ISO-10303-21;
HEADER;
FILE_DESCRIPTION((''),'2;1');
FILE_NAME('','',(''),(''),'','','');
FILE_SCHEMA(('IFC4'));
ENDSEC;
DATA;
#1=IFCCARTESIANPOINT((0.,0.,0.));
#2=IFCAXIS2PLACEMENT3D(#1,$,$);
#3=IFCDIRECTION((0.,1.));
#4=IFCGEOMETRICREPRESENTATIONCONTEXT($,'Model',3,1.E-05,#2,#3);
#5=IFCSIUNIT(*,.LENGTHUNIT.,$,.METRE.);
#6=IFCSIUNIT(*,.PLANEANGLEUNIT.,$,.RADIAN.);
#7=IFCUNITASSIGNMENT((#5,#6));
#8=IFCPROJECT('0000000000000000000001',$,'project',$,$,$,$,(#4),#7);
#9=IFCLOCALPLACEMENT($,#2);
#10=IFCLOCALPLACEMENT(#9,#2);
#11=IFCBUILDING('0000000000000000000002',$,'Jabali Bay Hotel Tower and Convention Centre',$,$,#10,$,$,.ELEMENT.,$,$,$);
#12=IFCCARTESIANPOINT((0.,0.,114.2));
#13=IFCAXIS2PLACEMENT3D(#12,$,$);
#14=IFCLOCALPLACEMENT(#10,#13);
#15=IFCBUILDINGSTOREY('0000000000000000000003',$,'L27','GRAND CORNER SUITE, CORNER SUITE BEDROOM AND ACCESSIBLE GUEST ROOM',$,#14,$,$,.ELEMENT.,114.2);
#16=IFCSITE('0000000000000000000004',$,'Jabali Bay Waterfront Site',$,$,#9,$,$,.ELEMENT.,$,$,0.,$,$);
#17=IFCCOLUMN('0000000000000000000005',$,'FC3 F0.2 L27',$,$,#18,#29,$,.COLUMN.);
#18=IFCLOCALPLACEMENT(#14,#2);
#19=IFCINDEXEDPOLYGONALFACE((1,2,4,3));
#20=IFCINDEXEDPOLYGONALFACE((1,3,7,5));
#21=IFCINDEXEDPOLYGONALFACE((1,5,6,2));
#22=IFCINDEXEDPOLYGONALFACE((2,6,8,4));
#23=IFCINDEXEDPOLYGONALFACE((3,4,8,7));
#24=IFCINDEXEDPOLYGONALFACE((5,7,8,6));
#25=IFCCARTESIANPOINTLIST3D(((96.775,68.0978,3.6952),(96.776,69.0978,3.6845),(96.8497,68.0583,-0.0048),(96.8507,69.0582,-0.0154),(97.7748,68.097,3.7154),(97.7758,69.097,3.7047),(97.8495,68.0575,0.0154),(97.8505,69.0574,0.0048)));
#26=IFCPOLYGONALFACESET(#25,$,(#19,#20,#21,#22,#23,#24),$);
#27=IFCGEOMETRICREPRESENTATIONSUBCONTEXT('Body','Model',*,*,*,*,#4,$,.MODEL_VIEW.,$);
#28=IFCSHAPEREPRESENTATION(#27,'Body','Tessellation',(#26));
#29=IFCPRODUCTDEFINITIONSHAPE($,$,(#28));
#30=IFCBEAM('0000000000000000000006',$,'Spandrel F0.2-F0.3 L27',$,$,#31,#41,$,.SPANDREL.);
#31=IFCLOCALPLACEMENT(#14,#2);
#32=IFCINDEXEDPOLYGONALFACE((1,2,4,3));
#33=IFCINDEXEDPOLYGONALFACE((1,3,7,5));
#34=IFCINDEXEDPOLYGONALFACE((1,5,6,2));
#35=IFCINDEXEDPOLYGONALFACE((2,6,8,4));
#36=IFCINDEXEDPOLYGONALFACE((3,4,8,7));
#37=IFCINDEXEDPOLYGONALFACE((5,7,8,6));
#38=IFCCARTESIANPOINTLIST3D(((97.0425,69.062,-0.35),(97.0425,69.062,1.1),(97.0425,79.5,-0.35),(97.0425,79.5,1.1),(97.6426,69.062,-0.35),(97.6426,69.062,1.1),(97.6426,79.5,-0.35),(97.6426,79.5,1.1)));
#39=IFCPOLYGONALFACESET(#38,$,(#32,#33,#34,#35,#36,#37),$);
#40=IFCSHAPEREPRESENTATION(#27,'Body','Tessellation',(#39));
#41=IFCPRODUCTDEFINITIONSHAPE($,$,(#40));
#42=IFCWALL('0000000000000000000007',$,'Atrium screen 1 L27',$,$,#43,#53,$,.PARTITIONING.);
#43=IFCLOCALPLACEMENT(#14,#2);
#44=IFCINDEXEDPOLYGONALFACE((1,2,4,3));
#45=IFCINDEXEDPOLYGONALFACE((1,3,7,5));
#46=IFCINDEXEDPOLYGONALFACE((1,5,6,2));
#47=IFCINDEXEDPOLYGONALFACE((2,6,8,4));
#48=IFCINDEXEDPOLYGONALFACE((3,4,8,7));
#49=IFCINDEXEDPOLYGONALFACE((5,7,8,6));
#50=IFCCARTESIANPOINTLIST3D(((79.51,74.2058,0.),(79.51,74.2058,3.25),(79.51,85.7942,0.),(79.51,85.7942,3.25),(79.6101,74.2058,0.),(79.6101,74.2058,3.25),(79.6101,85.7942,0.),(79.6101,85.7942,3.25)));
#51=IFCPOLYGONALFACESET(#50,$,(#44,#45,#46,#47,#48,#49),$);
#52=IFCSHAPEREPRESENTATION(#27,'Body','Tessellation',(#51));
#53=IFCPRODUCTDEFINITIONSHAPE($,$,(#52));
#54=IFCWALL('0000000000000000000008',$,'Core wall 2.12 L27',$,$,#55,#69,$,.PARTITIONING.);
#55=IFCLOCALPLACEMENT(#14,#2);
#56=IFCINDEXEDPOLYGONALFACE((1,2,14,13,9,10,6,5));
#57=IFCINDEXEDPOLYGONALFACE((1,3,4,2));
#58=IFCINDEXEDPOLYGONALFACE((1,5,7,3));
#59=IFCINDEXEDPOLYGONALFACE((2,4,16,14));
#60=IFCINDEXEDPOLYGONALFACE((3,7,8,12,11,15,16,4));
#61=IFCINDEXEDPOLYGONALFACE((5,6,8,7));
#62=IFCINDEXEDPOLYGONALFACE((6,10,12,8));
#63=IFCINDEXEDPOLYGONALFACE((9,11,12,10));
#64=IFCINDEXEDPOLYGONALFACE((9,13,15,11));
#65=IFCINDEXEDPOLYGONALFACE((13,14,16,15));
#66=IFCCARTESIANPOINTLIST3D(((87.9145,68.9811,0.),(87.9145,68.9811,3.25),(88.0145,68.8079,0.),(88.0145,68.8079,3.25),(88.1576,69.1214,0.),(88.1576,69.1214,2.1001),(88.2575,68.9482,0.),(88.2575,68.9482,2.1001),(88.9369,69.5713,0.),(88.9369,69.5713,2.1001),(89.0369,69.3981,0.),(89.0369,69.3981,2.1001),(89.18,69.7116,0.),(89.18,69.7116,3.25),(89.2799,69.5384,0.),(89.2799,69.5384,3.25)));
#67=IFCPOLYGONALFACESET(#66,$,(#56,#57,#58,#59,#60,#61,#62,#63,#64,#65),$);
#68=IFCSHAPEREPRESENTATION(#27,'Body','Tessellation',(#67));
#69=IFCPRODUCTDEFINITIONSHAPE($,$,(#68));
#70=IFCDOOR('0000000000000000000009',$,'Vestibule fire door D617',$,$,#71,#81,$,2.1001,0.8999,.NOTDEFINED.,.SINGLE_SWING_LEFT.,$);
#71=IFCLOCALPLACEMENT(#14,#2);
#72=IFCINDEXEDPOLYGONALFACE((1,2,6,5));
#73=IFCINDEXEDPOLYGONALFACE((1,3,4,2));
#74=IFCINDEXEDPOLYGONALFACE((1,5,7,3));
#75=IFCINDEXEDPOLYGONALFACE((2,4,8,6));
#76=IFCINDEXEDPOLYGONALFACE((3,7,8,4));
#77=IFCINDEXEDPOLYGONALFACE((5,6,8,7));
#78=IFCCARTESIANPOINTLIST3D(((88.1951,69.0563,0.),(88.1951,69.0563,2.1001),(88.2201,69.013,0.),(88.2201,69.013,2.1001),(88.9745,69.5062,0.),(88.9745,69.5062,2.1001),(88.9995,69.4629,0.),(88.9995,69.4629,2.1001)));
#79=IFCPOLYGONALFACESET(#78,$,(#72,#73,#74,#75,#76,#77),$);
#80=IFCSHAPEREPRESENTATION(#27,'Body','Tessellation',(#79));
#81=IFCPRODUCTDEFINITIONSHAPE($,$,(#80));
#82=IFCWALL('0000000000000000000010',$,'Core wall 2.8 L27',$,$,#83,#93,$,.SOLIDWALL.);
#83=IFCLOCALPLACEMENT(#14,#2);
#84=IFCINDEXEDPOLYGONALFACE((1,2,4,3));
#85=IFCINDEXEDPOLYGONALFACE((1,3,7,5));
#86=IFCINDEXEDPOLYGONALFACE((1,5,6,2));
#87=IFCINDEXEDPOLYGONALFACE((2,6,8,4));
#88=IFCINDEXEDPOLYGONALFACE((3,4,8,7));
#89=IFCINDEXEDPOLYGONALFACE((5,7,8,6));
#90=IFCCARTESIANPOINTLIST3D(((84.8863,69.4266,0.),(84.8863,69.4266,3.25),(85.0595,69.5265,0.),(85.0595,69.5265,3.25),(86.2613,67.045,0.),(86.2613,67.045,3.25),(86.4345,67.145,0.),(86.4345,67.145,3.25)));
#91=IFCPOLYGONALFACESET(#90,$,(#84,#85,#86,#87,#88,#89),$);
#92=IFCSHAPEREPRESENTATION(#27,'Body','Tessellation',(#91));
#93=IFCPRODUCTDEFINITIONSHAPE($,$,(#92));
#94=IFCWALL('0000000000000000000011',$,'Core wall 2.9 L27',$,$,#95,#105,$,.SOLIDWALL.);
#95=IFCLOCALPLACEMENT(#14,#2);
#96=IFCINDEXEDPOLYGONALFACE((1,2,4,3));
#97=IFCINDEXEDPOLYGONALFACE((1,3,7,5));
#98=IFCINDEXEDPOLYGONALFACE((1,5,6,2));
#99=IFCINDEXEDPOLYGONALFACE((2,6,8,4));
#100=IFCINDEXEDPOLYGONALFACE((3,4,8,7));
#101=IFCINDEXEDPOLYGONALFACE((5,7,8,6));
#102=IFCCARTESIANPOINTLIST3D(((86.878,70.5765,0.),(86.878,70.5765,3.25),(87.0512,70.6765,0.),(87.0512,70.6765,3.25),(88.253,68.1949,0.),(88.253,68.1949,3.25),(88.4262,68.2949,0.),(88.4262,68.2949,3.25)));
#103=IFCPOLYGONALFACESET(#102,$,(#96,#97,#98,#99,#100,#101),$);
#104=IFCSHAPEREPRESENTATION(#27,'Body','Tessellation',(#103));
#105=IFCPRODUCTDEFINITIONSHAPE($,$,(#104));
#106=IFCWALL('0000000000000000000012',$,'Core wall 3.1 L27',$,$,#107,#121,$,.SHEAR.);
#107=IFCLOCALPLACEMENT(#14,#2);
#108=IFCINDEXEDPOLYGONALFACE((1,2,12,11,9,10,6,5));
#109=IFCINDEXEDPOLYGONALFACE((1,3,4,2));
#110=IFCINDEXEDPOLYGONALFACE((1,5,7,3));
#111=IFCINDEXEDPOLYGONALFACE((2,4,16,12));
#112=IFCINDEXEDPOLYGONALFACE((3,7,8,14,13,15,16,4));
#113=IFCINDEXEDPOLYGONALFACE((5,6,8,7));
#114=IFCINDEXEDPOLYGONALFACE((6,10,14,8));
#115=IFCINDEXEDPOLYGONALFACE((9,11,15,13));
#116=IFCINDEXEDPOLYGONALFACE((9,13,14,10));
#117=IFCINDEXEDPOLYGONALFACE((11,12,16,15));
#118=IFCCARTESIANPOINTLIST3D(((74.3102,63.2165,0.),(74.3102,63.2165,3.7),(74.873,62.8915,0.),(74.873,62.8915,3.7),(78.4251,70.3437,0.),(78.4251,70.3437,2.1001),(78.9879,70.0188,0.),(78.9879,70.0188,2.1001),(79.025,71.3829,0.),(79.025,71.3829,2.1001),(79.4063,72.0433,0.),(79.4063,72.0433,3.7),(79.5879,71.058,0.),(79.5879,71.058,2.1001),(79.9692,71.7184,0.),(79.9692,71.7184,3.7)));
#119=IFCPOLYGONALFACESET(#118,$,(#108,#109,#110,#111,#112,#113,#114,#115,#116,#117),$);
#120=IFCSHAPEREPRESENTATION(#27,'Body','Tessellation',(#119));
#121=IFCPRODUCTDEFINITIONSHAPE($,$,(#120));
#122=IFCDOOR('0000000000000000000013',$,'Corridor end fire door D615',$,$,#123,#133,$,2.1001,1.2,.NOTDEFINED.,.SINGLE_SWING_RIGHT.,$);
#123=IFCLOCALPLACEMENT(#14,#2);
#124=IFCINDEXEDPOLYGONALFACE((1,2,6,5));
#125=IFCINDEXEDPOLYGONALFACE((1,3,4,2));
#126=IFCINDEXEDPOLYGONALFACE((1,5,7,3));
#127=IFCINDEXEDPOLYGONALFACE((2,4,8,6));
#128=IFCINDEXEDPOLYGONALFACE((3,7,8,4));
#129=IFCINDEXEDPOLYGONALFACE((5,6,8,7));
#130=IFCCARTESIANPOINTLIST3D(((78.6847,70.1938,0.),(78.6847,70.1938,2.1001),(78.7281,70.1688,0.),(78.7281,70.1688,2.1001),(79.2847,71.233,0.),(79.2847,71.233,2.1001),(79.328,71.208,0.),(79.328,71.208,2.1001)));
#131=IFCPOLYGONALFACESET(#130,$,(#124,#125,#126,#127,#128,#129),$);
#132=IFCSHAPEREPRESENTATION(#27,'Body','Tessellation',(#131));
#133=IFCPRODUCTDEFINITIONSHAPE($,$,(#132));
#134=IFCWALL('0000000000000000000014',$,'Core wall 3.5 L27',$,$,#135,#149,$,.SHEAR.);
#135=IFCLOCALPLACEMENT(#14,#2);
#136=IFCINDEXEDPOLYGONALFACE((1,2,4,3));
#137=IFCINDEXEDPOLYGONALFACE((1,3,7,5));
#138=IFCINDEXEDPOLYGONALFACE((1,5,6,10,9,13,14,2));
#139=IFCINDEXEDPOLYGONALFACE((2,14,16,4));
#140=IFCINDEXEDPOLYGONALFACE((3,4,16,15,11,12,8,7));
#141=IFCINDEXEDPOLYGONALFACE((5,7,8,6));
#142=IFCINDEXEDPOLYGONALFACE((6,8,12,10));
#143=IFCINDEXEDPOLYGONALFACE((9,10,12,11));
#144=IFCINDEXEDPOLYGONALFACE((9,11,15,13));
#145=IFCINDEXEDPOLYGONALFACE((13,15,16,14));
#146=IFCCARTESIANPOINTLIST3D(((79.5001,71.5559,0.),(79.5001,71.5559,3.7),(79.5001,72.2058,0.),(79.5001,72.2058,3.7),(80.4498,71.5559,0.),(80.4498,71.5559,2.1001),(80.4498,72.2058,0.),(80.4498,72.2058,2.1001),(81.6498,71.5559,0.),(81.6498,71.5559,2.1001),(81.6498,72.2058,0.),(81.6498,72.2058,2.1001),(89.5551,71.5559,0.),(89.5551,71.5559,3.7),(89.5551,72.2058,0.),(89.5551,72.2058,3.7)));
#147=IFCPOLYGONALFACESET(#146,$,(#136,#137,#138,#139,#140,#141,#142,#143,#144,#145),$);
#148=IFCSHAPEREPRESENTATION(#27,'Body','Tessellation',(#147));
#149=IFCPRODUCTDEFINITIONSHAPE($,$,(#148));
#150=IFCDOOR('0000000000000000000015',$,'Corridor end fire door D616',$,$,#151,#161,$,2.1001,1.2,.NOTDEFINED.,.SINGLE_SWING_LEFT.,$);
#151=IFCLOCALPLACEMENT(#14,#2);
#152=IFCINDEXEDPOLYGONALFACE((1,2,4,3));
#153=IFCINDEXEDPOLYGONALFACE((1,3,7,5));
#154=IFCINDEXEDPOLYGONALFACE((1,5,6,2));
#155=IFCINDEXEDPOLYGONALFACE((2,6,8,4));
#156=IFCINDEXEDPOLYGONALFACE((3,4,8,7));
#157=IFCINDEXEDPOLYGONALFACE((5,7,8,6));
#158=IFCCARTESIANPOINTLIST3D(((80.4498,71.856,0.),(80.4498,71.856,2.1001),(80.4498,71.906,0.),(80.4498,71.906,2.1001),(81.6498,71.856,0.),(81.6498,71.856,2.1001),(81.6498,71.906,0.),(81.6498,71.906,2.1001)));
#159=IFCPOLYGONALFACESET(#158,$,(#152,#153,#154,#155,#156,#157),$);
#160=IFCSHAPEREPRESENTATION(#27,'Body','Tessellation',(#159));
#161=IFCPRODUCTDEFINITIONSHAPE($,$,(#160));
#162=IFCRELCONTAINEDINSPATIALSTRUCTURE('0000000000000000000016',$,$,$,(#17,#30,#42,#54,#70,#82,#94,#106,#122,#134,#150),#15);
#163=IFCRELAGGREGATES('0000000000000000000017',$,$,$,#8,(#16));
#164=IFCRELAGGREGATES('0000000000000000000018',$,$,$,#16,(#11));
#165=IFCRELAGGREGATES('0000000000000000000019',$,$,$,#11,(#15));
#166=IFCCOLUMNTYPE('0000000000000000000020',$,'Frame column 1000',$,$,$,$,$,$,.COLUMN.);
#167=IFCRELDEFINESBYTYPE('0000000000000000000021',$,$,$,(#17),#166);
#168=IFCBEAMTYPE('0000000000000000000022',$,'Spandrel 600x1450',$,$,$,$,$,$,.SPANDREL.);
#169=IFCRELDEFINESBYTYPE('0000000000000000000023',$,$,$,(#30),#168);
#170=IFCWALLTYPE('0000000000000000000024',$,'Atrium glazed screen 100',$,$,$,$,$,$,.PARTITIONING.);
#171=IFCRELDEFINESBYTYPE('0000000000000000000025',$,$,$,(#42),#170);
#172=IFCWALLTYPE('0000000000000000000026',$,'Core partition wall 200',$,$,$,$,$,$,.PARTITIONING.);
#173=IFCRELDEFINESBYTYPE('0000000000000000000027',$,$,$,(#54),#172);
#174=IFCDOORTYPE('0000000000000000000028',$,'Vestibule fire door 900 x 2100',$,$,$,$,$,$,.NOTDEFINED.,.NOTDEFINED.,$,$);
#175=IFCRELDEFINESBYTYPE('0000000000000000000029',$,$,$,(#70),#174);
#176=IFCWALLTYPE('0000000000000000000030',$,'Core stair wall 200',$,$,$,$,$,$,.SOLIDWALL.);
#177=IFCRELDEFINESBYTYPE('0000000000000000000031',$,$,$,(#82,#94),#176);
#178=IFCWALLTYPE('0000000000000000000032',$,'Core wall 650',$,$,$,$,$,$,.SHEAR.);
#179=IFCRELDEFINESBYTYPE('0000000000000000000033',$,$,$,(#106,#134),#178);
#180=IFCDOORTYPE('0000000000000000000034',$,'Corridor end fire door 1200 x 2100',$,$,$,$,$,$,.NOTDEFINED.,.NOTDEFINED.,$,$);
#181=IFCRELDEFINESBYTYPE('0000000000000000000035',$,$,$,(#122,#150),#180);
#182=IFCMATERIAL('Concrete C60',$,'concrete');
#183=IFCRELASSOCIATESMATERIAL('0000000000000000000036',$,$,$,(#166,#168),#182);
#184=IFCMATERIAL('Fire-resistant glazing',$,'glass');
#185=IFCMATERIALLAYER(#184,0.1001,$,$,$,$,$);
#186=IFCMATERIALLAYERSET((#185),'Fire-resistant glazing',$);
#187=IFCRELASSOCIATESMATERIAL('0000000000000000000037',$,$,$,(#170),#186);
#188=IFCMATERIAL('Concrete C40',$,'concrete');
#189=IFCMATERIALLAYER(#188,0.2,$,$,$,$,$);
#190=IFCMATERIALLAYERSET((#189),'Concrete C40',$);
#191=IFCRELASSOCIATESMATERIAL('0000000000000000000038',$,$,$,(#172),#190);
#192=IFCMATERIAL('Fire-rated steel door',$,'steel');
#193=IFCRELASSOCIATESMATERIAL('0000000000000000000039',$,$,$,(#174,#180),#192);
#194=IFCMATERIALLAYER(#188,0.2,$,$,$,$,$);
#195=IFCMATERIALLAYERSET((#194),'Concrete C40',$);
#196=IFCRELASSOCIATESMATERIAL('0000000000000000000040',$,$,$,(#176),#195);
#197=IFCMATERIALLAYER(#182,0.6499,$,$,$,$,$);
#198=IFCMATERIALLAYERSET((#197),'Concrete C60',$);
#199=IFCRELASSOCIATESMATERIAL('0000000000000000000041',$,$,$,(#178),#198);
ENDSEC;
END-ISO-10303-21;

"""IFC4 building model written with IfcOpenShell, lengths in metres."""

from ifc_helpers import new_model, si_unit, direction, frame, frame_2d, origin, origin_2d, place, context, subcontext, project, spatial, rectangle, extrude, material, layer, layer_set, material_profile, profile_set, type_object, element, fill, save


model = new_model("IFC4")

# Units and contexts
model_context = context("Model", 3, precision=1e-05, world=origin(), true_north=direction((0.0, 1.0)))
body_context = subcontext(model_context, "Body", "Model", "MODEL_VIEW")
ifc_project = project(units=[si_unit("LENGTHUNIT", "METRE"), si_unit("PLANEANGLEUNIT", "RADIAN")], contexts=[model_context])

# Site, building, storey
site_placement = place(None, origin())
site = spatial("IfcSite", under=ifc_project, at=site_placement, Name="Jabali Bay Waterfront Site", CompositionType="ELEMENT", RefElevation=0.0)
building_placement = place(site_placement, origin())
building = spatial("IfcBuilding", under=site, at=building_placement, Name="Jabali Bay Hotel Tower and Convention Centre", CompositionType="ELEMENT")
storey_placement = place(building_placement, frame((0.0, 0.0, 114.2)))
storey = spatial("IfcBuildingStorey", under=building, at=storey_placement, Name="L27", Description="GRAND CORNER SUITE, CORNER SUITE BEDROOM AND ACCESSIBLE GUEST ROOM", CompositionType="ELEMENT", Elevation=114.2)

# Column
ifc_material_1 = material(Name="Concrete C60", Category="concrete")
ifc_material_profile_1 = material_profile(ifc_material_1, rectangle(XDim=1.0, YDim=1.0, at=origin_2d()), Name="Frame column 1000")
ifc_profile_set_1 = profile_set([ifc_material_profile_1], Name="Concrete C60")
column_type = type_object("IfcColumnType", Name="Frame column 1000", PredefinedType="COLUMN", material=ifc_profile_set_1)
column_placement = place(storey_placement, frame((97.3501, 68.5579, 0.0), z_axis=(-0.020186, 0.010687, 0.999739), x_axis=(-0.001013, -0.999943, 0.010668)))
element("IfcColumn", 1, at=column_placement, inside=storey, type_object=column_type, Name="FC3 F0.2 L27", PredefinedType="COLUMN", context=body_context, shape_type="SweptSolid", body=[
    extrude(rectangle(XDim=1.0, YDim=1.0, at=origin_2d()), origin(), (0.0, 0.0, 1.0), 3.7009),
])

# Beam
ifc_material_profile_2 = material_profile(ifc_material_1, rectangle(XDim=0.6001, YDim=1.45, at=origin_2d()), Name="Spandrel 600x1450")
ifc_profile_set_2 = profile_set([ifc_material_profile_2], Name="Concrete C60")
beam_type = type_object("IfcBeamType", Name="Spandrel 600x1450", PredefinedType="SPANDREL", material=ifc_profile_set_2)
beam_placement = place(storey_placement, frame((97.3425, 69.062, 0.375), z_axis=(0.0, 1.0, 0.0), x_axis=(-1.0, 0.0, 0.0)))
element("IfcBeam", 2, at=beam_placement, inside=storey, type_object=beam_type, Name="Spandrel F0.2-F0.3 L27", PredefinedType="SPANDREL", context=body_context, shape_type="SweptSolid", body=[
    extrude(rectangle(XDim=0.6001, YDim=1.45, at=origin_2d()), origin(), (0.0, 0.0, 1.0), 10.438),
])

# Wall
ifc_material_2 = material(Name="Fire-resistant glazing", Category="glass")
ifc_layer_1 = layer(ifc_material_2, 0.1001)
ifc_layer_set_1 = layer_set([ifc_layer_1], Name="Fire-resistant glazing")
wall_type_1 = type_object("IfcWallType", Name="Atrium glazed screen 100", PredefinedType="PARTITIONING", material=ifc_layer_set_1)
wall_1_placement = place(storey_placement, frame((79.5601, 74.2058, 0.0), z_axis=(0.0, 0.0, 1.0), x_axis=(0.0, 1.0, 0.0)))
element("IfcWall", 3, at=wall_1_placement, inside=storey, type_object=wall_type_1, Name="Atrium screen 1 L27", PredefinedType="PARTITIONING", context=body_context, shape_type="SweptSolid", body=[
    extrude(rectangle(XDim=11.5884, YDim=0.1001, at=frame_2d((5.7942, 0.0))), origin(), (0.0, 0.0, 1.0), 3.25),
])

# Wall, opening, door
ifc_material_3 = material(Name="Concrete C40", Category="concrete")
ifc_layer_2 = layer(ifc_material_3, 0.2)
ifc_layer_set_2 = layer_set([ifc_layer_2], Name="Concrete C40")
wall_type_2 = type_object("IfcWallType", Name="Core partition wall 200", PredefinedType="PARTITIONING", material=ifc_layer_set_2)
wall_2_placement = place(storey_placement, frame((87.9646, 68.8945, 0.0), z_axis=(0.0, 0.0, 1.0), x_axis=(0.866055, 0.499949, 0.0)))
wall_2 = element("IfcWall", 4, at=wall_2_placement, inside=storey, type_object=wall_type_2, Name="Core wall 2.12 L27", PredefinedType="PARTITIONING", context=body_context, shape_type="SweptSolid", body=[
    extrude(rectangle(XDim=1.4612, YDim=0.2, at=frame_2d((0.7305, 0.0))), origin(), (0.0, 0.0, 1.0), 3.25),
])
opening_1_placement = place(wall_2_placement, frame((0.2805, 0.0, 0.0)))
opening_1 = element("IfcOpeningElement", 5, at=opening_1_placement, cuts=wall_2, PredefinedType="OPENING", context=body_context, shape_type="SweptSolid", body=[
    extrude(rectangle(XDim=0.8999, YDim=2.1001, at=frame_2d((0.45, 1.05))), frame((0.0, 0.1104, 0.0), z_axis=(0.0, -1.0, 0.0), x_axis=(1.0, 0.0, 0.0)), (0.0, 0.0, 1.0), 0.2209),
])
ifc_material_4 = material(Name="Fire-rated steel door", Category="steel")
door_type_1 = type_object("IfcDoorType", Name="Vestibule fire door 900 x 2100", OperationType="NOTDEFINED", PredefinedType="NOTDEFINED", material=ifc_material_4)
door_1_placement = place(opening_1_placement, origin())
door_1 = element("IfcDoor", 6, at=door_1_placement, inside=storey, type_object=door_type_1, Name="Vestibule fire door D617", OperationType="SINGLE_SWING_LEFT", OverallHeight=2.1001, OverallWidth=0.8999, PredefinedType="NOTDEFINED", context=body_context, shape_type="SweptSolid", body=[
    extrude(rectangle(XDim=0.8999, YDim=2.1001, at=frame_2d((0.45, 1.05))), frame((0.0, 0.0249, 0.0), z_axis=(0.0, -1.0, 0.0), x_axis=(1.0, 0.0, 0.0)), (0.0, 0.0, 1.0), 0.05),
])
fill(opening_1, door_1)

# Walls
ifc_layer_3 = layer(ifc_material_3, 0.2)
ifc_layer_set_3 = layer_set([ifc_layer_3], Name="Concrete C40")
wall_type_3 = type_object("IfcWallType", Name="Core stair wall 200", PredefinedType="SOLIDWALL", material=ifc_layer_set_3)
for number, where, z_axis, x_axis, name in (
    (7, (84.9729, 69.4766, 0.0), (0.0, 0.0, 1.0), (0.499997, -0.866027, 0.0), "Core wall 2.8 L27"),
    (8, (86.9646, 70.6265, 0.0), (0.0, 0.0, 1.0), (0.499997, -0.866027, 0.0), "Core wall 2.9 L27"),
):
    element("IfcWall", number, at=place(storey_placement, frame(where, z_axis=z_axis, x_axis=x_axis)), inside=storey, type_object=wall_type_3, Name=name, PredefinedType="SOLIDWALL", context=body_context, shape_type="SweptSolid", body=[
        extrude(rectangle(XDim=2.75, YDim=0.2, at=frame_2d((1.375, 0.0))), origin(), (0.0, 0.0, 1.0), 3.25),
    ])

# Walls, openings, doors
ifc_layer_4 = layer(ifc_material_1, 0.6499)
ifc_layer_set_4 = layer_set([ifc_layer_4], Name="Concrete C60")
wall_type_4 = type_object("IfcWallType", Name="Core wall 650", PredefinedType="SHEAR", material=ifc_layer_set_4)
wall_3_placement = place(storey_placement, frame((79.6877, 71.8809, 0.0), z_axis=(0.0, 0.0, 1.0), x_axis=(-0.499998, -0.866026, 0.0)))
wall_3 = element("IfcWall", 9, at=wall_3_placement, inside=storey, type_object=wall_type_4, Name="Core wall 3.1 L27", PredefinedType="SHEAR", context=body_context, shape_type="SweptSolid", body=[
    extrude(rectangle(XDim=10.1924, YDim=0.6499, at=frame_2d((5.0962, 0.0))), origin(), (0.0, 0.0, 1.0), 3.7),
])
opening_2_placement = place(wall_3_placement, frame((0.7625, 0.0, 0.0)))
opening_2 = element("IfcOpeningElement", 10, at=opening_2_placement, cuts=wall_3, PredefinedType="OPENING", context=body_context, shape_type="SweptSolid", body=[
    extrude(rectangle(XDim=1.2, YDim=2.1001, at=frame_2d((0.6001, 1.05))), frame((0.0, 0.3354, 0.0), z_axis=(0.0, -1.0, 0.0), x_axis=(1.0, 0.0, 0.0)), (0.0, 0.0, 1.0), 0.6709),
])
door_type_2 = type_object("IfcDoorType", Name="Corridor end fire door 1200 x 2100", OperationType="NOTDEFINED", PredefinedType="NOTDEFINED", material=ifc_material_4)
door_2_placement = place(opening_2_placement, origin())
door_2 = element("IfcDoor", 11, at=door_2_placement, inside=storey, type_object=door_type_2, Name="Corridor end fire door D615", OperationType="SINGLE_SWING_RIGHT", OverallHeight=2.1001, OverallWidth=1.2, PredefinedType="NOTDEFINED", context=body_context, shape_type="SweptSolid", body=[
    extrude(rectangle(XDim=1.2, YDim=2.1001, at=frame_2d((0.6001, 1.05))), frame((0.0, 0.0249, 0.0), z_axis=(0.0, -1.0, 0.0), x_axis=(1.0, 0.0, 0.0)), (0.0, 0.0, 1.0), 0.05),
])
fill(opening_2, door_2)
wall_4_placement = place(storey_placement, frame((89.5549, 71.8809, 0.0), z_axis=(0.0, 0.0, 1.0), x_axis=(-1.0, 0.0, 0.0)))
wall_4 = element("IfcWall", 12, at=wall_4_placement, inside=storey, type_object=wall_type_4, Name="Core wall 3.5 L27", PredefinedType="SHEAR", context=body_context, shape_type="SweptSolid", body=[
    extrude(rectangle(XDim=10.0549, YDim=0.6499, at=frame_2d((5.0273, 0.0))), origin(), (0.0, 0.0, 1.0), 3.7),
])
opening_3_placement = place(wall_4_placement, frame((7.905, 0.0, 0.0)))
opening_3 = element("IfcOpeningElement", 13, at=opening_3_placement, cuts=wall_4, PredefinedType="OPENING", context=body_context, shape_type="SweptSolid", body=[
    extrude(rectangle(XDim=1.2, YDim=2.1001, at=frame_2d((0.6001, 1.05))), frame((0.0, 0.3354, 0.0), z_axis=(0.0, -1.0, 0.0), x_axis=(1.0, 0.0, 0.0)), (0.0, 0.0, 1.0), 0.6709),
])
door_3_placement = place(opening_3_placement, origin())
door_3 = element("IfcDoor", 14, at=door_3_placement, inside=storey, type_object=door_type_2, Name="Corridor end fire door D616", OperationType="SINGLE_SWING_LEFT", OverallHeight=2.1001, OverallWidth=1.2, PredefinedType="NOTDEFINED", context=body_context, shape_type="SweptSolid", body=[
    extrude(rectangle(XDim=1.2, YDim=2.1001, at=frame_2d((0.6001, 1.05))), frame((0.0, 0.0249, 0.0), z_axis=(0.0, -1.0, 0.0), x_axis=(1.0, 0.0, 0.0)), (0.0, 0.0, 1.0), 0.05),
])
fill(opening_3, door_3)

save(model, "model.ifc")
